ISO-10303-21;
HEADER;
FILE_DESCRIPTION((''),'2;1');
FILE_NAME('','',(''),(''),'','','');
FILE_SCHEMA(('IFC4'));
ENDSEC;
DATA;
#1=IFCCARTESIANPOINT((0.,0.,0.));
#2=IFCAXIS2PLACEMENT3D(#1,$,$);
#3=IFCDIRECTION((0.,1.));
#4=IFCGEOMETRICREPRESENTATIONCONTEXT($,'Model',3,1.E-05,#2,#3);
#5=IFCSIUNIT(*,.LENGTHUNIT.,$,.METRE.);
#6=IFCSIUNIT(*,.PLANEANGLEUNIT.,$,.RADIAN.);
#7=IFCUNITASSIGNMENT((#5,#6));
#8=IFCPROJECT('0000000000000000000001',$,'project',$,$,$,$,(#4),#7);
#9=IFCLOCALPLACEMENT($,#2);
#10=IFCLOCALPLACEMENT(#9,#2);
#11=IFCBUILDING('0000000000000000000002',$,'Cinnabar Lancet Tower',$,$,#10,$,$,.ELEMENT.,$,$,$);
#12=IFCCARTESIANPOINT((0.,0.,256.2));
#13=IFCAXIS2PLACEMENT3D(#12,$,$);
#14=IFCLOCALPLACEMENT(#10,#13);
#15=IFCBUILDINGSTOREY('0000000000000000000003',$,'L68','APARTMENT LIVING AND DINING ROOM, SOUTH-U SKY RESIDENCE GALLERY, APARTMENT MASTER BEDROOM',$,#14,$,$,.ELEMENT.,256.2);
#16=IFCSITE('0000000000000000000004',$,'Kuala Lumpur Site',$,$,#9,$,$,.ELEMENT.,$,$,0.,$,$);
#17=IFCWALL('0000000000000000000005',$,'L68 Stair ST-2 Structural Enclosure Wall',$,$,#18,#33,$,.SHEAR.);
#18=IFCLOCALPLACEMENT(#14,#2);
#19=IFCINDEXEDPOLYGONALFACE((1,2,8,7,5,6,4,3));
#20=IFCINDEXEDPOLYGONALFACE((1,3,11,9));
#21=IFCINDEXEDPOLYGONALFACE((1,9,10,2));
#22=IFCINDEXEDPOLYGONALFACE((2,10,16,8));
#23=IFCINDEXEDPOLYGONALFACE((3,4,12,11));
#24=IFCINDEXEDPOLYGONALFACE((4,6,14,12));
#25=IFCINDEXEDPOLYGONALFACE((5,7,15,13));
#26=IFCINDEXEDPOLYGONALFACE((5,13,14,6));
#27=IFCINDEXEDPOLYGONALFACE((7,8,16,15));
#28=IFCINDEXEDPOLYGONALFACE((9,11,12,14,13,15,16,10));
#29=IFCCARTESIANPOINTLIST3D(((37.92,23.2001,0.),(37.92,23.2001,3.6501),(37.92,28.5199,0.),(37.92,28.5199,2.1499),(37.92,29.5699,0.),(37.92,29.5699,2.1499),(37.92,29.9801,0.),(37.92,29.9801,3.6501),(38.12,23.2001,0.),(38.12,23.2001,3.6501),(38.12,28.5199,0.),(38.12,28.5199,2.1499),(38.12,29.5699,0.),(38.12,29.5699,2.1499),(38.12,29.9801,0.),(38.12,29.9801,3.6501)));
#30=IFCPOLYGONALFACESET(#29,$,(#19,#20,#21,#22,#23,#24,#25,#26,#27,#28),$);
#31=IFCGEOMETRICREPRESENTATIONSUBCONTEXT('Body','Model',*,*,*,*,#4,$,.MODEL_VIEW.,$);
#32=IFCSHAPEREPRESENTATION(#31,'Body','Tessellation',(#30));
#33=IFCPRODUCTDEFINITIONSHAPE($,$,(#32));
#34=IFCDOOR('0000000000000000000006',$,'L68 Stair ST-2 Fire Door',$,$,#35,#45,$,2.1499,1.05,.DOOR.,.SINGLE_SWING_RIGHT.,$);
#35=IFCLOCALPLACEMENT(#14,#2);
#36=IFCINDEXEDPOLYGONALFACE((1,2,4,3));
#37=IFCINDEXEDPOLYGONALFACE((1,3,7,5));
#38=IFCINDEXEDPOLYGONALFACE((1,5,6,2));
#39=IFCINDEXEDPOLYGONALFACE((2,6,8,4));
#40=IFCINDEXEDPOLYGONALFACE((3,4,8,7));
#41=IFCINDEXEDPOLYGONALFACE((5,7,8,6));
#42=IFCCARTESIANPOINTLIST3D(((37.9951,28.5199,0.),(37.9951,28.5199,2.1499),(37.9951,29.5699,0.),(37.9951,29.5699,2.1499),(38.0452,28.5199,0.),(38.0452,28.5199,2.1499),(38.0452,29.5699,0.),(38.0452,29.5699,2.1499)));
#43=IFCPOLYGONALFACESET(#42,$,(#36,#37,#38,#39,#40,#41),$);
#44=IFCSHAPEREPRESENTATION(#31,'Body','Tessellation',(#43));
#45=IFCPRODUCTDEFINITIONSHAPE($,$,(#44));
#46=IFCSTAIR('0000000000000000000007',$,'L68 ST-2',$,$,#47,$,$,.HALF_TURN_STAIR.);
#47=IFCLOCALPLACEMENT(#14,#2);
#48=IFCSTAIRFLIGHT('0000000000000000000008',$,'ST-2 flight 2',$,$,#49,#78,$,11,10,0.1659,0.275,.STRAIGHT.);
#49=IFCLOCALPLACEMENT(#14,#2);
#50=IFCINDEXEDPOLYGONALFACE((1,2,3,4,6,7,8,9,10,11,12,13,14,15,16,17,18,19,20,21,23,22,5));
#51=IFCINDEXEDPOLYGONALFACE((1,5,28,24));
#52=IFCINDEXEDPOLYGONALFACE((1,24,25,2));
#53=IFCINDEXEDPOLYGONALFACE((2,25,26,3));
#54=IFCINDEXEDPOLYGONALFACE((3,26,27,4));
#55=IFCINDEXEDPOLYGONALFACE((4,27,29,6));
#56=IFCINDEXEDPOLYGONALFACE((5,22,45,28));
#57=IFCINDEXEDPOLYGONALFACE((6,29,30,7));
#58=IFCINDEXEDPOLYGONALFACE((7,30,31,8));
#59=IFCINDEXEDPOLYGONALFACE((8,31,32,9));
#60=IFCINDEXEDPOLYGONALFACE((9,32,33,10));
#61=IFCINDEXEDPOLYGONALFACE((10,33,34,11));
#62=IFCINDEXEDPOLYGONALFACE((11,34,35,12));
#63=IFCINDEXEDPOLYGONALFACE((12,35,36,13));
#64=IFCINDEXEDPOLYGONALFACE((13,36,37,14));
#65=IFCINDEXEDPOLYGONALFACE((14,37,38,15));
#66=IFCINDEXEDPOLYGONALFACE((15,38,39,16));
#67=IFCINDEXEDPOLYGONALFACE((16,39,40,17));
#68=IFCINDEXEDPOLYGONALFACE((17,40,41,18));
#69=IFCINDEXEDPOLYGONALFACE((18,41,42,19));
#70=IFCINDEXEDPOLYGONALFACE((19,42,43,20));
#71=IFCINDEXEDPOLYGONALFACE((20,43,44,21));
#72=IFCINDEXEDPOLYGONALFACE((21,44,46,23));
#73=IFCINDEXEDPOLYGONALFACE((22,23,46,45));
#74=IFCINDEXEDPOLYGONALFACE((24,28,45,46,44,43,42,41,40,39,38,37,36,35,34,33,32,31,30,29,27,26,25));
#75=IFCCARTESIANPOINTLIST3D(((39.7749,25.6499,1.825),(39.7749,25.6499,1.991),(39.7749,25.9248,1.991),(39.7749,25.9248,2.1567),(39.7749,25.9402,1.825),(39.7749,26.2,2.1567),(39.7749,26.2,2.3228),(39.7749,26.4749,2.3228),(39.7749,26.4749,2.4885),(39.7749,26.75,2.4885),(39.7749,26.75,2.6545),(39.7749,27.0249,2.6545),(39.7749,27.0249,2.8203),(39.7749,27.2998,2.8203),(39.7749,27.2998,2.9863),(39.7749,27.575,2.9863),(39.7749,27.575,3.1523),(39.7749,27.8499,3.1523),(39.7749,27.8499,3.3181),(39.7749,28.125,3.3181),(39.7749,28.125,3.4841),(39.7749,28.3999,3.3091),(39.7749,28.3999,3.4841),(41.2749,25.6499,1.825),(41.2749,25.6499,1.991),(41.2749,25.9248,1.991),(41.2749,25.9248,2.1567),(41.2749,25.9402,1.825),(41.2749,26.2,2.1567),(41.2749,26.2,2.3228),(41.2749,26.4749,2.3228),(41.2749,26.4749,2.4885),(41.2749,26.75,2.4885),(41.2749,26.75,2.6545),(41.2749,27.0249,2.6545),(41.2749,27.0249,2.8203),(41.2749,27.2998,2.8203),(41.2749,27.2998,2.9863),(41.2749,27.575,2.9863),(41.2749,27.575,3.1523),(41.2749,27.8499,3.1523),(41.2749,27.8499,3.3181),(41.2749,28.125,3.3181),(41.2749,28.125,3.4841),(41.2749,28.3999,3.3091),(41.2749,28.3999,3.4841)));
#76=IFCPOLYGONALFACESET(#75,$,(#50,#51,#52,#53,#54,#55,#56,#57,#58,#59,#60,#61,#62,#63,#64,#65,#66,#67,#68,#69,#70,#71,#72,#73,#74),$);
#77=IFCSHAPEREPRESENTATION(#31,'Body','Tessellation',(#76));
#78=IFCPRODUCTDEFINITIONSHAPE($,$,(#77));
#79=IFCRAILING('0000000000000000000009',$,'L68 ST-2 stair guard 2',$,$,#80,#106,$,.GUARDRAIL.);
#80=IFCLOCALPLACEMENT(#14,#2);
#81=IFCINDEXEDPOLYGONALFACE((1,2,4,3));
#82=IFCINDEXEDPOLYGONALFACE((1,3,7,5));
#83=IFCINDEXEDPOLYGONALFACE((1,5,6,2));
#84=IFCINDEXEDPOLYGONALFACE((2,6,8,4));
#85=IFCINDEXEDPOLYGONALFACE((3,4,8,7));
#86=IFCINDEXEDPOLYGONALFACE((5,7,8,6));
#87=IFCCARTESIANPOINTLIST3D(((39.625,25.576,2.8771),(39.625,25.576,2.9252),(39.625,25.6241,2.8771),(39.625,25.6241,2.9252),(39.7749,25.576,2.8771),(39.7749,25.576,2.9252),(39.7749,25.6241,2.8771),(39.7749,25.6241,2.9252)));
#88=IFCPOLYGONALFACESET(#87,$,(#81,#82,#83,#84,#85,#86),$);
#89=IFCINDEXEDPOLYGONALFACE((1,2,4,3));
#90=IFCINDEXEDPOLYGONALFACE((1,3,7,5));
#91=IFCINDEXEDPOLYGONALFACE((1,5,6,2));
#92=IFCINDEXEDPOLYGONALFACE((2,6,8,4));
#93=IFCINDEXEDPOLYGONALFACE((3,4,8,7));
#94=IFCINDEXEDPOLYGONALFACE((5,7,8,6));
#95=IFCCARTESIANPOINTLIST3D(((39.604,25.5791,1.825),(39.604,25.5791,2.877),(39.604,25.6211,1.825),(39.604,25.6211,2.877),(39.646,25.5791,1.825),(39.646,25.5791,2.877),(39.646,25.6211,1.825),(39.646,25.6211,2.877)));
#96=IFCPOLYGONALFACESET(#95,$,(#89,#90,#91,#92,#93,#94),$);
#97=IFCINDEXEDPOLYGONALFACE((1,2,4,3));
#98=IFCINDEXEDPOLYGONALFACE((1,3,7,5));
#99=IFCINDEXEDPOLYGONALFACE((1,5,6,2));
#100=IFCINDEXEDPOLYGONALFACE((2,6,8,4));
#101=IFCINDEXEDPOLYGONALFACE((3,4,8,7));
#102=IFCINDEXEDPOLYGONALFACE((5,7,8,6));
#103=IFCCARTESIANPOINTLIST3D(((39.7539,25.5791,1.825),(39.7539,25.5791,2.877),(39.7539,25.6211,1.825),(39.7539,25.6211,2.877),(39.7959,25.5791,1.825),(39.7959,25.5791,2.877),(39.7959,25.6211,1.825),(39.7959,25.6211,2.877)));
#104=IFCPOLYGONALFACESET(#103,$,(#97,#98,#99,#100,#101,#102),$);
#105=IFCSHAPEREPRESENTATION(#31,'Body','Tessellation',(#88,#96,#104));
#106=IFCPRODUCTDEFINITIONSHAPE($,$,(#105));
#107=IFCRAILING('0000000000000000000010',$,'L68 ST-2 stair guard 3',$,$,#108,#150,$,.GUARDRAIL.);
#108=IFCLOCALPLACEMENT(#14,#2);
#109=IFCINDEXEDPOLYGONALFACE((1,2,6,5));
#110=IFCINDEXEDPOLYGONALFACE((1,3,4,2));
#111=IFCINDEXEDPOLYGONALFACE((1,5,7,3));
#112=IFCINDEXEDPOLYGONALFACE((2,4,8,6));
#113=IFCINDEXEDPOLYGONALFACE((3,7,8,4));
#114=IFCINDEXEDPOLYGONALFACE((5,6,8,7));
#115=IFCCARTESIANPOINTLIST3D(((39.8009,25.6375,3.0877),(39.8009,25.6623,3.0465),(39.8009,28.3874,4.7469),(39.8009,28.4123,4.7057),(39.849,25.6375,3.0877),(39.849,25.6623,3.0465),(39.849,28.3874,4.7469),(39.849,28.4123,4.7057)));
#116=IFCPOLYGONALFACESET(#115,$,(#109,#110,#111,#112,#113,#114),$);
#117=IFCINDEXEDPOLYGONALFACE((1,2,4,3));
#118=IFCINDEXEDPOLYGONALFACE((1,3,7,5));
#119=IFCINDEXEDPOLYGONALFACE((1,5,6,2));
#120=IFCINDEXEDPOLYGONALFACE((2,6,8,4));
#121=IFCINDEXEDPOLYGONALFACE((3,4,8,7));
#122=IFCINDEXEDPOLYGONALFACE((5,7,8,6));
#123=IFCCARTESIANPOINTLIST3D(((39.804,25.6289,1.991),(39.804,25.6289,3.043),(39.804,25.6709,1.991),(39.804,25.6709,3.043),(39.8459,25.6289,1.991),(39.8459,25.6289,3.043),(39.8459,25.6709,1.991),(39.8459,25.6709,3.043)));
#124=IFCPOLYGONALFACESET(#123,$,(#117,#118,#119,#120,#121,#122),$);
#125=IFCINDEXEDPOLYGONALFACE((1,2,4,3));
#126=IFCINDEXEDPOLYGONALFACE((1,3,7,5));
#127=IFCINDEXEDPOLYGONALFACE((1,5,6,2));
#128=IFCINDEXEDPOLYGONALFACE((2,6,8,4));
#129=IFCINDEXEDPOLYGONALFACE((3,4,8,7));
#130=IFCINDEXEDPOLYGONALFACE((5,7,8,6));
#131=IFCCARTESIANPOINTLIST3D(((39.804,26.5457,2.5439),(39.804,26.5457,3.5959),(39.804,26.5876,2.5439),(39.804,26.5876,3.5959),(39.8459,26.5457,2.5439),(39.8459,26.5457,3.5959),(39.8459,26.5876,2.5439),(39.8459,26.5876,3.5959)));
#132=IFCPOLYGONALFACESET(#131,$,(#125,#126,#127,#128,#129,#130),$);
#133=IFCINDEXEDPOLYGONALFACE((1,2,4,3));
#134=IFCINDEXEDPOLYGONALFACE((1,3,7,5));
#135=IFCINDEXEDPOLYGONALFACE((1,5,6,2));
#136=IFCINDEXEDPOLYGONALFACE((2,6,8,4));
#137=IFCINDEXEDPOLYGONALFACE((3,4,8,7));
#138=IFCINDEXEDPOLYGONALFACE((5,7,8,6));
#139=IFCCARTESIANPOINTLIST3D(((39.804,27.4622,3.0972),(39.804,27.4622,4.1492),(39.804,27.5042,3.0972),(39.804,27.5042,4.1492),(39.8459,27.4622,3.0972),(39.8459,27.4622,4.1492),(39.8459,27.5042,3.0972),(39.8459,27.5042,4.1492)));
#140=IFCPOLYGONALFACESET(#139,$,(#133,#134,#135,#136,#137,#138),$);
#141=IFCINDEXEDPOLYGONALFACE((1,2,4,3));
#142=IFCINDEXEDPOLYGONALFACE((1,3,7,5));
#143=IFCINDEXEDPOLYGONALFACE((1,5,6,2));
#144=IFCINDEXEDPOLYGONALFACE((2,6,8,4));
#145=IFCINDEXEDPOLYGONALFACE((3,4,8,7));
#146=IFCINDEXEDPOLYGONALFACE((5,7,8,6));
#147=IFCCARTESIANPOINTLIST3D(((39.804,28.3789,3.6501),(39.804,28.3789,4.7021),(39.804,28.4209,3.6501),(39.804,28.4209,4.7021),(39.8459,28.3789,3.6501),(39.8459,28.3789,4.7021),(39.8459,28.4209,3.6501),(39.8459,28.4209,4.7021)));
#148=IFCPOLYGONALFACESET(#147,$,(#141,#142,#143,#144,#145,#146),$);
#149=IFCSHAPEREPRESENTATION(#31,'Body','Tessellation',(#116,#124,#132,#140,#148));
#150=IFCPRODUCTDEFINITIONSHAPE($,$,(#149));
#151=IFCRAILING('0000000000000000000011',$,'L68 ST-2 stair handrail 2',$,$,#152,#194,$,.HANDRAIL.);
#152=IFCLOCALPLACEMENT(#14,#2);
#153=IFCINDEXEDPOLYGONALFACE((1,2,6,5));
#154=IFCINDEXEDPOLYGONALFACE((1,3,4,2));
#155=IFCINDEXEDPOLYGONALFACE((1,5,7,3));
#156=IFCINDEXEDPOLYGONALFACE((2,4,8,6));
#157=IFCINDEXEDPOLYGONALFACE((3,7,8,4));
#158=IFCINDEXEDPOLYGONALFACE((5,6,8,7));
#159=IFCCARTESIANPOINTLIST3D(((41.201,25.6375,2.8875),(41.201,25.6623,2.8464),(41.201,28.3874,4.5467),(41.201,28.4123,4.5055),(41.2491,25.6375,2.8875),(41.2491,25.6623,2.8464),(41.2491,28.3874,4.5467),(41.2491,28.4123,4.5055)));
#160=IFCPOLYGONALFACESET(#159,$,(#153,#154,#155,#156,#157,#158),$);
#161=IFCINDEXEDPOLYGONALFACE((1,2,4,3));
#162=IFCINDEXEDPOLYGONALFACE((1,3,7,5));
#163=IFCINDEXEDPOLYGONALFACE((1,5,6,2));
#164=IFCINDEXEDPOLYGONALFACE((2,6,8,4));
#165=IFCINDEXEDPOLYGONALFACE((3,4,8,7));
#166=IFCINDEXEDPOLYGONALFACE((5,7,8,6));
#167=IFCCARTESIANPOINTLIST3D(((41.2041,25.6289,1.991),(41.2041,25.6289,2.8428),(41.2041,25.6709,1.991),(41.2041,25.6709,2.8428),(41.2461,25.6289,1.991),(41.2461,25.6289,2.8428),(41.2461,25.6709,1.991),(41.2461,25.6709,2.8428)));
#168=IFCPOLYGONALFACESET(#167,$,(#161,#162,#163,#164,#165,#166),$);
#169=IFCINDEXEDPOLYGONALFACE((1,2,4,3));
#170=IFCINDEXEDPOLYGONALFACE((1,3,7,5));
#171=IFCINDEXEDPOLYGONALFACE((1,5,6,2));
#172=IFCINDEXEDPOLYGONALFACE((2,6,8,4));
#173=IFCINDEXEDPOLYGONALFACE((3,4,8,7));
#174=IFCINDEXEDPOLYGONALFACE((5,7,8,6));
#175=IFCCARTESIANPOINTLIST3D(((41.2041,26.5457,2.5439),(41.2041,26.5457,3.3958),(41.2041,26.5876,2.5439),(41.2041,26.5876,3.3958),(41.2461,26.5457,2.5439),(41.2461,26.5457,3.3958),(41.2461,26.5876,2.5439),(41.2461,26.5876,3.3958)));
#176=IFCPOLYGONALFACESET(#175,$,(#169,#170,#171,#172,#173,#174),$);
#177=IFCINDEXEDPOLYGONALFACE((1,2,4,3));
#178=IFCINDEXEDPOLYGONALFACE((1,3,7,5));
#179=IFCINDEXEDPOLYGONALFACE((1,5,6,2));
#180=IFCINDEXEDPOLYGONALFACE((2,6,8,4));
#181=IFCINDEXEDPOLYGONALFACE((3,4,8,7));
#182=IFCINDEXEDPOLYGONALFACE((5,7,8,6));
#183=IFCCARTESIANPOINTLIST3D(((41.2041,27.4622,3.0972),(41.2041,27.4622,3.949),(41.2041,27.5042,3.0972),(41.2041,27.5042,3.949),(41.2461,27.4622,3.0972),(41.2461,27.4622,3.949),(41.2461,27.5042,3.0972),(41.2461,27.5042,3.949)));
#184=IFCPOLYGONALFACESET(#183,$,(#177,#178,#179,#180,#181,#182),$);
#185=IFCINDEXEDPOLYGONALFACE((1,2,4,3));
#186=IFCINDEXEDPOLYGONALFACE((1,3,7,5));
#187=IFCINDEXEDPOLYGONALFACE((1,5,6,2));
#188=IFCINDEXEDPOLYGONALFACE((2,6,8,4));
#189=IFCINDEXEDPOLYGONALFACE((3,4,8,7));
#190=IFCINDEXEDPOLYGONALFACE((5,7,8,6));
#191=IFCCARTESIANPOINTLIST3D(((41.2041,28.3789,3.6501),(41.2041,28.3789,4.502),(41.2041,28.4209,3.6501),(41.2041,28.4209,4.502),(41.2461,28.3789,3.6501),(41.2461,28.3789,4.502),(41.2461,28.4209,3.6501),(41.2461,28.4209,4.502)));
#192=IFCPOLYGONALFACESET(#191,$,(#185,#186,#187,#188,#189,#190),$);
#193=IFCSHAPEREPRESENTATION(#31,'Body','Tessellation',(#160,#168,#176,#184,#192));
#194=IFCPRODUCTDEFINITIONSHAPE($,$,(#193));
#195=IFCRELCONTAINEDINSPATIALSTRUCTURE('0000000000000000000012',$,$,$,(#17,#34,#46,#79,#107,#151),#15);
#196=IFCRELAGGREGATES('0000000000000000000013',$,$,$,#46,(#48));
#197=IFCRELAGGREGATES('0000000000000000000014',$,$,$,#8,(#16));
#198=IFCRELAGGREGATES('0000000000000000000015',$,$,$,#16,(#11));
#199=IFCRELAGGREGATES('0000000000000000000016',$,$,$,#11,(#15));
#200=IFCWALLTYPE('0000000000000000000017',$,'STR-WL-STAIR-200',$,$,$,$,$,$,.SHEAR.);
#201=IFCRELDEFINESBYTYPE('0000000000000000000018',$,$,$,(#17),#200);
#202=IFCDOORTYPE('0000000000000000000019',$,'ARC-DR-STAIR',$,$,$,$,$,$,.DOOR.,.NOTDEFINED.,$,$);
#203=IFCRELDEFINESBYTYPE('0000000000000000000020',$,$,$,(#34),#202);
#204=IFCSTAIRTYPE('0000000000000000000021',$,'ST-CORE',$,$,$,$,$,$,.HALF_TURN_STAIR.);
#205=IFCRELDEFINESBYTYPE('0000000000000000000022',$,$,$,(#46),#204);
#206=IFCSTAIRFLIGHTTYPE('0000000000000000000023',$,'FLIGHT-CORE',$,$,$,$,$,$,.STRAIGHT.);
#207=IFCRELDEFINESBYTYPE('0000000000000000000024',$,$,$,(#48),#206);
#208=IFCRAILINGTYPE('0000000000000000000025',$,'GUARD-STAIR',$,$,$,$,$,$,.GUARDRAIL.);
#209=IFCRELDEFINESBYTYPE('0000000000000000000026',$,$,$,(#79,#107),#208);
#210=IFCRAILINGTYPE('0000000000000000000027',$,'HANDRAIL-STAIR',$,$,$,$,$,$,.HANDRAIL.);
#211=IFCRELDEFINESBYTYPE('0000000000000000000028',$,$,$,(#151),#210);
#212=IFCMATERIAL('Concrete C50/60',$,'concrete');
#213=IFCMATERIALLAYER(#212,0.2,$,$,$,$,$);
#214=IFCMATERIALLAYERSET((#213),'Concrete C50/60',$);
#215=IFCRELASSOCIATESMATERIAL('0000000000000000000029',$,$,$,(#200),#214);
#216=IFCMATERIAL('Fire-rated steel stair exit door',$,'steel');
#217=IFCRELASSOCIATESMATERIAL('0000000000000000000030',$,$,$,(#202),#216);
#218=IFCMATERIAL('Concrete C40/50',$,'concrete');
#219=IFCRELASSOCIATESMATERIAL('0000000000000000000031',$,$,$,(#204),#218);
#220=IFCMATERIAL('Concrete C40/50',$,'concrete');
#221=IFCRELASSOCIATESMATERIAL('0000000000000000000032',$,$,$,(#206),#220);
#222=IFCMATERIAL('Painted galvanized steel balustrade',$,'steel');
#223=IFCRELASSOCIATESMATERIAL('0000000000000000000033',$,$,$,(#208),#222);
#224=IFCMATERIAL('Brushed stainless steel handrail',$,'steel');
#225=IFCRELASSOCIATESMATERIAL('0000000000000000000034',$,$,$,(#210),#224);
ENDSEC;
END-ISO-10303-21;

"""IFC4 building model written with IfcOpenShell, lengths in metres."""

from ifc_helpers import new_model, si_unit, direction, frame, frame_2d, origin, origin_2d, place, context, subcontext, project, spatial, polyline, rectangle, outline, extrude, material, layer, layer_set, type_object, element, fill, aggregate, save


model = new_model("IFC4")

# Units and contexts
model_context = context("Model", 3, precision=1e-05, world=origin(), true_north=direction((0.0, 1.0)))
body_context = subcontext(model_context, "Body", "Model", "MODEL_VIEW")
ifc_project = project(units=[si_unit("LENGTHUNIT", "METRE"), si_unit("PLANEANGLEUNIT", "RADIAN")], contexts=[model_context])

# Site, building, storey
site_placement = place(None, origin())
site = spatial("IfcSite", under=ifc_project, at=site_placement, Name="Kuala Lumpur Site", CompositionType="ELEMENT", RefElevation=0.0)
building_placement = place(site_placement, origin())
building = spatial("IfcBuilding", under=site, at=building_placement, Name="Cinnabar Lancet Tower", CompositionType="ELEMENT")
storey_placement = place(building_placement, frame((0.0, 0.0, 256.2)))
storey = spatial("IfcBuildingStorey", under=building, at=storey_placement, Name="L68", Description="APARTMENT LIVING AND DINING ROOM, SOUTH-U SKY RESIDENCE GALLERY, APARTMENT MASTER BEDROOM", CompositionType="ELEMENT", Elevation=256.2)

# Wall, opening, door
ifc_material_1 = material(Name="Concrete C50/60", Category="concrete")
ifc_layer_1 = layer(ifc_material_1, 0.2)
ifc_layer_set_1 = layer_set([ifc_layer_1], Name="Concrete C50/60")
wall_type_1 = type_object("IfcWallType", Name="STR-WL-STAIR-200", PredefinedType="SHEAR", material=ifc_layer_set_1)
wall_1_placement = place(storey_placement, frame((38.02, 23.2, 0.0), z_axis=(0.0, 0.0, 1.0), x_axis=(0.0, 1.0, 0.0)))
wall_1 = element("IfcWall", 1, at=wall_1_placement, inside=storey, type_object=wall_type_1, Name="L68 Stair ST-2 Structural Enclosure Wall", PredefinedType="SHEAR", context=body_context, shape_type="SweptSolid", body=[
    extrude(rectangle(XDim=6.78, YDim=0.2, at=frame_2d((3.3901, 0.0))), origin(), (0.0, 0.0, 1.0), 3.6501),
])
opening_1_placement = place(wall_1_placement, frame((5.3201, 0.0, 0.0)))
opening_1 = element("IfcOpeningElement", 2, at=opening_1_placement, cuts=wall_1, PredefinedType="OPENING", context=body_context, shape_type="SweptSolid", body=[
    extrude(rectangle(XDim=1.05, YDim=2.1499, at=frame_2d((0.5249, 1.075))), frame((0.0, 0.1099, 0.0), z_axis=(0.0, -1.0, 0.0), x_axis=(1.0, 0.0, 0.0)), (0.0, 0.0, 1.0), 0.22),
])
ifc_material_2 = material(Name="Fire-rated steel stair exit door", Category="steel")
door_type_1 = type_object("IfcDoorType", Name="ARC-DR-STAIR", OperationType="NOTDEFINED", PredefinedType="DOOR", material=ifc_material_2)
door_1_placement = place(opening_1_placement, origin())
door_1 = element("IfcDoor", 3, at=door_1_placement, inside=storey, type_object=door_type_1, Name="L68 Stair ST-2 Fire Door", OperationType="SINGLE_SWING_RIGHT", OverallHeight=2.1499, OverallWidth=1.05, PredefinedType="DOOR", context=body_context, shape_type="SweptSolid", body=[
    extrude(rectangle(XDim=1.05, YDim=2.1499, at=frame_2d((0.5249, 1.075))), frame((0.0, 0.0249, 0.0), z_axis=(0.0, -1.0, 0.0), x_axis=(1.0, 0.0, 0.0)), (0.0, 0.0, 1.0), 0.05),
])
fill(opening_1, door_1)

# Stair, stair flight
ifc_material_3 = material(Name="Concrete C40/50", Category="concrete")
stair_type = type_object("IfcStairType", Name="ST-CORE", PredefinedType="HALF_TURN_STAIR", material=ifc_material_3)
stair_placement = place(storey_placement, origin())
stair = element("IfcStair", 4, at=stair_placement, inside=storey, type_object=stair_type, Name="L68 ST-2", PredefinedType="HALF_TURN_STAIR")
ifc_material_4 = material(Name="Concrete C40/50", Category="concrete")
stair_flight_type = type_object("IfcStairFlightType", Name="FLIGHT-CORE", PredefinedType="STRAIGHT", material=ifc_material_4)
stair_flight_placement = place(storey_placement, frame((40.5249, 25.6499, 1.825), z_axis=(0.0, 0.0, 1.0), x_axis=(0.0, 1.0, 0.0)))
stair_flight = element("IfcStairFlight", 5, at=stair_flight_placement, type_object=stair_flight_type, Name="ST-2 flight 2", NumberOfRisers=11, NumberOfTreads=10, PredefinedType="STRAIGHT", RiserHeight=0.1659, TreadLength=0.275, context=body_context, shape_type="SweptSolid", body=[
    extrude(outline(polyline([(0.0, 0.0), (0.0, 0.166), (0.2749, 0.166), (0.2749, 0.3318), (0.55, 0.3318), (0.55, 0.4978), (0.825, 0.4978), (0.825, 0.6636), (1.1001, 0.6636), (1.1001, 0.8296), (1.375, 0.8296), (1.375, 0.9954), (1.6499, 0.9954), (1.6499, 1.1614), (1.925, 1.1614), (1.925, 1.3274), (2.2, 1.3274), (2.2, 1.4932), (2.4751, 1.4932), (2.4751, 1.6592), (2.75, 1.6592), (2.75, 1.825), (2.75, 1.4841), (0.2903, 0.0), (0.0, 0.0)])), frame((0.0, 0.75, 0.0), z_axis=(0.0, -1.0, 0.0), x_axis=(1.0, 0.0, 0.0)), (0.0, 0.0, 1.0), 1.5),
])
aggregate(stair, [stair_flight])

# Railings
ifc_material_5 = material(Name="Painted galvanized steel balustrade", Category="steel")
railing_type_1 = type_object("IfcRailingType", Name="GUARD-STAIR", PredefinedType="GUARDRAIL", material=ifc_material_5)
railing_1_placement = place(storey_placement, frame((39.625, 25.6001, 1.825)))
element("IfcRailing", 6, at=railing_1_placement, inside=storey, type_object=railing_type_1, Name="L68 ST-2 stair guard 2", PredefinedType="GUARDRAIL", context=body_context, shape_type="SweptSolid", body=[
    extrude(rectangle(XDim=0.0481, YDim=0.0481, at=origin_2d()), frame((0.0, 0.0, 1.0762), z_axis=(1.0, 0.0, 0.0), x_axis=(0.0, 1.0, 0.0)), (0.0, 0.0, 1.0), 0.1499),
    extrude(rectangle(XDim=0.042, YDim=0.042, at=origin_2d()), origin(), (0.0, 0.0, 1.0), 1.052),
    extrude(rectangle(XDim=0.042, YDim=0.042, at=origin_2d()), frame((0.1499, 0.0, 0.0)), (0.0, 0.0, 1.0), 1.052),
])
railing_2_placement = place(storey_placement, frame((39.825, 25.6499, 1.991)))
element("IfcRailing", 7, at=railing_2_placement, inside=storey, type_object=railing_type_1, Name="L68 ST-2 stair guard 3", PredefinedType="GUARDRAIL", context=body_context, shape_type="SweptSolid", body=[
    extrude(rectangle(XDim=0.0481, YDim=0.0481, at=origin_2d()), frame((0.0, 0.0, 1.0762), z_axis=(0.0, 0.856229, 0.516596), x_axis=(-1.0, 0.0, 0.0)), (0.0, 0.0, 1.0), 3.2117),
    extrude(rectangle(XDim=0.042, YDim=0.042, at=origin_2d()), origin(), (0.0, 0.0, 1.0), 1.052),
    extrude(rectangle(XDim=0.042, YDim=0.042, at=origin_2d()), frame((0.0, 0.9167, 0.553)), (0.0, 0.0, 1.0), 1.052),
    extrude(rectangle(XDim=0.042, YDim=0.042, at=origin_2d()), frame((0.0, 1.8333, 1.1062)), (0.0, 0.0, 1.0), 1.052),
    extrude(rectangle(XDim=0.042, YDim=0.042, at=origin_2d()), frame((0.0, 2.75, 1.6592)), (0.0, 0.0, 1.0), 1.052),
])
ifc_material_6 = material(Name="Brushed stainless steel handrail", Category="steel")
railing_type_2 = type_object("IfcRailingType", Name="HANDRAIL-STAIR", PredefinedType="HANDRAIL", material=ifc_material_6)
railing_3_placement = place(storey_placement, frame((41.2251, 25.6499, 1.991)))
element("IfcRailing", 8, at=railing_3_placement, inside=storey, type_object=railing_type_2, Name="L68 ST-2 stair handrail 2", PredefinedType="HANDRAIL", context=body_context, shape_type="SweptSolid", body=[
    extrude(rectangle(XDim=0.0481, YDim=0.0481, at=origin_2d()), frame((0.0, 0.0, 0.876), z_axis=(0.0, 0.856229, 0.516596), x_axis=(-1.0, 0.0, 0.0)), (0.0, 0.0, 1.0), 3.2117),
    extrude(rectangle(XDim=0.042, YDim=0.042, at=origin_2d()), origin(), (0.0, 0.0, 1.0), 0.8518),
    extrude(rectangle(XDim=0.042, YDim=0.042, at=origin_2d()), frame((0.0, 0.9167, 0.553)), (0.0, 0.0, 1.0), 0.8518),
    extrude(rectangle(XDim=0.042, YDim=0.042, at=origin_2d()), frame((0.0, 1.8333, 1.1062)), (0.0, 0.0, 1.0), 0.8518),
    extrude(rectangle(XDim=0.042, YDim=0.042, at=origin_2d()), frame((0.0, 2.75, 1.6592)), (0.0, 0.0, 1.0), 0.8518),
])

save(model, "model.ifc")
